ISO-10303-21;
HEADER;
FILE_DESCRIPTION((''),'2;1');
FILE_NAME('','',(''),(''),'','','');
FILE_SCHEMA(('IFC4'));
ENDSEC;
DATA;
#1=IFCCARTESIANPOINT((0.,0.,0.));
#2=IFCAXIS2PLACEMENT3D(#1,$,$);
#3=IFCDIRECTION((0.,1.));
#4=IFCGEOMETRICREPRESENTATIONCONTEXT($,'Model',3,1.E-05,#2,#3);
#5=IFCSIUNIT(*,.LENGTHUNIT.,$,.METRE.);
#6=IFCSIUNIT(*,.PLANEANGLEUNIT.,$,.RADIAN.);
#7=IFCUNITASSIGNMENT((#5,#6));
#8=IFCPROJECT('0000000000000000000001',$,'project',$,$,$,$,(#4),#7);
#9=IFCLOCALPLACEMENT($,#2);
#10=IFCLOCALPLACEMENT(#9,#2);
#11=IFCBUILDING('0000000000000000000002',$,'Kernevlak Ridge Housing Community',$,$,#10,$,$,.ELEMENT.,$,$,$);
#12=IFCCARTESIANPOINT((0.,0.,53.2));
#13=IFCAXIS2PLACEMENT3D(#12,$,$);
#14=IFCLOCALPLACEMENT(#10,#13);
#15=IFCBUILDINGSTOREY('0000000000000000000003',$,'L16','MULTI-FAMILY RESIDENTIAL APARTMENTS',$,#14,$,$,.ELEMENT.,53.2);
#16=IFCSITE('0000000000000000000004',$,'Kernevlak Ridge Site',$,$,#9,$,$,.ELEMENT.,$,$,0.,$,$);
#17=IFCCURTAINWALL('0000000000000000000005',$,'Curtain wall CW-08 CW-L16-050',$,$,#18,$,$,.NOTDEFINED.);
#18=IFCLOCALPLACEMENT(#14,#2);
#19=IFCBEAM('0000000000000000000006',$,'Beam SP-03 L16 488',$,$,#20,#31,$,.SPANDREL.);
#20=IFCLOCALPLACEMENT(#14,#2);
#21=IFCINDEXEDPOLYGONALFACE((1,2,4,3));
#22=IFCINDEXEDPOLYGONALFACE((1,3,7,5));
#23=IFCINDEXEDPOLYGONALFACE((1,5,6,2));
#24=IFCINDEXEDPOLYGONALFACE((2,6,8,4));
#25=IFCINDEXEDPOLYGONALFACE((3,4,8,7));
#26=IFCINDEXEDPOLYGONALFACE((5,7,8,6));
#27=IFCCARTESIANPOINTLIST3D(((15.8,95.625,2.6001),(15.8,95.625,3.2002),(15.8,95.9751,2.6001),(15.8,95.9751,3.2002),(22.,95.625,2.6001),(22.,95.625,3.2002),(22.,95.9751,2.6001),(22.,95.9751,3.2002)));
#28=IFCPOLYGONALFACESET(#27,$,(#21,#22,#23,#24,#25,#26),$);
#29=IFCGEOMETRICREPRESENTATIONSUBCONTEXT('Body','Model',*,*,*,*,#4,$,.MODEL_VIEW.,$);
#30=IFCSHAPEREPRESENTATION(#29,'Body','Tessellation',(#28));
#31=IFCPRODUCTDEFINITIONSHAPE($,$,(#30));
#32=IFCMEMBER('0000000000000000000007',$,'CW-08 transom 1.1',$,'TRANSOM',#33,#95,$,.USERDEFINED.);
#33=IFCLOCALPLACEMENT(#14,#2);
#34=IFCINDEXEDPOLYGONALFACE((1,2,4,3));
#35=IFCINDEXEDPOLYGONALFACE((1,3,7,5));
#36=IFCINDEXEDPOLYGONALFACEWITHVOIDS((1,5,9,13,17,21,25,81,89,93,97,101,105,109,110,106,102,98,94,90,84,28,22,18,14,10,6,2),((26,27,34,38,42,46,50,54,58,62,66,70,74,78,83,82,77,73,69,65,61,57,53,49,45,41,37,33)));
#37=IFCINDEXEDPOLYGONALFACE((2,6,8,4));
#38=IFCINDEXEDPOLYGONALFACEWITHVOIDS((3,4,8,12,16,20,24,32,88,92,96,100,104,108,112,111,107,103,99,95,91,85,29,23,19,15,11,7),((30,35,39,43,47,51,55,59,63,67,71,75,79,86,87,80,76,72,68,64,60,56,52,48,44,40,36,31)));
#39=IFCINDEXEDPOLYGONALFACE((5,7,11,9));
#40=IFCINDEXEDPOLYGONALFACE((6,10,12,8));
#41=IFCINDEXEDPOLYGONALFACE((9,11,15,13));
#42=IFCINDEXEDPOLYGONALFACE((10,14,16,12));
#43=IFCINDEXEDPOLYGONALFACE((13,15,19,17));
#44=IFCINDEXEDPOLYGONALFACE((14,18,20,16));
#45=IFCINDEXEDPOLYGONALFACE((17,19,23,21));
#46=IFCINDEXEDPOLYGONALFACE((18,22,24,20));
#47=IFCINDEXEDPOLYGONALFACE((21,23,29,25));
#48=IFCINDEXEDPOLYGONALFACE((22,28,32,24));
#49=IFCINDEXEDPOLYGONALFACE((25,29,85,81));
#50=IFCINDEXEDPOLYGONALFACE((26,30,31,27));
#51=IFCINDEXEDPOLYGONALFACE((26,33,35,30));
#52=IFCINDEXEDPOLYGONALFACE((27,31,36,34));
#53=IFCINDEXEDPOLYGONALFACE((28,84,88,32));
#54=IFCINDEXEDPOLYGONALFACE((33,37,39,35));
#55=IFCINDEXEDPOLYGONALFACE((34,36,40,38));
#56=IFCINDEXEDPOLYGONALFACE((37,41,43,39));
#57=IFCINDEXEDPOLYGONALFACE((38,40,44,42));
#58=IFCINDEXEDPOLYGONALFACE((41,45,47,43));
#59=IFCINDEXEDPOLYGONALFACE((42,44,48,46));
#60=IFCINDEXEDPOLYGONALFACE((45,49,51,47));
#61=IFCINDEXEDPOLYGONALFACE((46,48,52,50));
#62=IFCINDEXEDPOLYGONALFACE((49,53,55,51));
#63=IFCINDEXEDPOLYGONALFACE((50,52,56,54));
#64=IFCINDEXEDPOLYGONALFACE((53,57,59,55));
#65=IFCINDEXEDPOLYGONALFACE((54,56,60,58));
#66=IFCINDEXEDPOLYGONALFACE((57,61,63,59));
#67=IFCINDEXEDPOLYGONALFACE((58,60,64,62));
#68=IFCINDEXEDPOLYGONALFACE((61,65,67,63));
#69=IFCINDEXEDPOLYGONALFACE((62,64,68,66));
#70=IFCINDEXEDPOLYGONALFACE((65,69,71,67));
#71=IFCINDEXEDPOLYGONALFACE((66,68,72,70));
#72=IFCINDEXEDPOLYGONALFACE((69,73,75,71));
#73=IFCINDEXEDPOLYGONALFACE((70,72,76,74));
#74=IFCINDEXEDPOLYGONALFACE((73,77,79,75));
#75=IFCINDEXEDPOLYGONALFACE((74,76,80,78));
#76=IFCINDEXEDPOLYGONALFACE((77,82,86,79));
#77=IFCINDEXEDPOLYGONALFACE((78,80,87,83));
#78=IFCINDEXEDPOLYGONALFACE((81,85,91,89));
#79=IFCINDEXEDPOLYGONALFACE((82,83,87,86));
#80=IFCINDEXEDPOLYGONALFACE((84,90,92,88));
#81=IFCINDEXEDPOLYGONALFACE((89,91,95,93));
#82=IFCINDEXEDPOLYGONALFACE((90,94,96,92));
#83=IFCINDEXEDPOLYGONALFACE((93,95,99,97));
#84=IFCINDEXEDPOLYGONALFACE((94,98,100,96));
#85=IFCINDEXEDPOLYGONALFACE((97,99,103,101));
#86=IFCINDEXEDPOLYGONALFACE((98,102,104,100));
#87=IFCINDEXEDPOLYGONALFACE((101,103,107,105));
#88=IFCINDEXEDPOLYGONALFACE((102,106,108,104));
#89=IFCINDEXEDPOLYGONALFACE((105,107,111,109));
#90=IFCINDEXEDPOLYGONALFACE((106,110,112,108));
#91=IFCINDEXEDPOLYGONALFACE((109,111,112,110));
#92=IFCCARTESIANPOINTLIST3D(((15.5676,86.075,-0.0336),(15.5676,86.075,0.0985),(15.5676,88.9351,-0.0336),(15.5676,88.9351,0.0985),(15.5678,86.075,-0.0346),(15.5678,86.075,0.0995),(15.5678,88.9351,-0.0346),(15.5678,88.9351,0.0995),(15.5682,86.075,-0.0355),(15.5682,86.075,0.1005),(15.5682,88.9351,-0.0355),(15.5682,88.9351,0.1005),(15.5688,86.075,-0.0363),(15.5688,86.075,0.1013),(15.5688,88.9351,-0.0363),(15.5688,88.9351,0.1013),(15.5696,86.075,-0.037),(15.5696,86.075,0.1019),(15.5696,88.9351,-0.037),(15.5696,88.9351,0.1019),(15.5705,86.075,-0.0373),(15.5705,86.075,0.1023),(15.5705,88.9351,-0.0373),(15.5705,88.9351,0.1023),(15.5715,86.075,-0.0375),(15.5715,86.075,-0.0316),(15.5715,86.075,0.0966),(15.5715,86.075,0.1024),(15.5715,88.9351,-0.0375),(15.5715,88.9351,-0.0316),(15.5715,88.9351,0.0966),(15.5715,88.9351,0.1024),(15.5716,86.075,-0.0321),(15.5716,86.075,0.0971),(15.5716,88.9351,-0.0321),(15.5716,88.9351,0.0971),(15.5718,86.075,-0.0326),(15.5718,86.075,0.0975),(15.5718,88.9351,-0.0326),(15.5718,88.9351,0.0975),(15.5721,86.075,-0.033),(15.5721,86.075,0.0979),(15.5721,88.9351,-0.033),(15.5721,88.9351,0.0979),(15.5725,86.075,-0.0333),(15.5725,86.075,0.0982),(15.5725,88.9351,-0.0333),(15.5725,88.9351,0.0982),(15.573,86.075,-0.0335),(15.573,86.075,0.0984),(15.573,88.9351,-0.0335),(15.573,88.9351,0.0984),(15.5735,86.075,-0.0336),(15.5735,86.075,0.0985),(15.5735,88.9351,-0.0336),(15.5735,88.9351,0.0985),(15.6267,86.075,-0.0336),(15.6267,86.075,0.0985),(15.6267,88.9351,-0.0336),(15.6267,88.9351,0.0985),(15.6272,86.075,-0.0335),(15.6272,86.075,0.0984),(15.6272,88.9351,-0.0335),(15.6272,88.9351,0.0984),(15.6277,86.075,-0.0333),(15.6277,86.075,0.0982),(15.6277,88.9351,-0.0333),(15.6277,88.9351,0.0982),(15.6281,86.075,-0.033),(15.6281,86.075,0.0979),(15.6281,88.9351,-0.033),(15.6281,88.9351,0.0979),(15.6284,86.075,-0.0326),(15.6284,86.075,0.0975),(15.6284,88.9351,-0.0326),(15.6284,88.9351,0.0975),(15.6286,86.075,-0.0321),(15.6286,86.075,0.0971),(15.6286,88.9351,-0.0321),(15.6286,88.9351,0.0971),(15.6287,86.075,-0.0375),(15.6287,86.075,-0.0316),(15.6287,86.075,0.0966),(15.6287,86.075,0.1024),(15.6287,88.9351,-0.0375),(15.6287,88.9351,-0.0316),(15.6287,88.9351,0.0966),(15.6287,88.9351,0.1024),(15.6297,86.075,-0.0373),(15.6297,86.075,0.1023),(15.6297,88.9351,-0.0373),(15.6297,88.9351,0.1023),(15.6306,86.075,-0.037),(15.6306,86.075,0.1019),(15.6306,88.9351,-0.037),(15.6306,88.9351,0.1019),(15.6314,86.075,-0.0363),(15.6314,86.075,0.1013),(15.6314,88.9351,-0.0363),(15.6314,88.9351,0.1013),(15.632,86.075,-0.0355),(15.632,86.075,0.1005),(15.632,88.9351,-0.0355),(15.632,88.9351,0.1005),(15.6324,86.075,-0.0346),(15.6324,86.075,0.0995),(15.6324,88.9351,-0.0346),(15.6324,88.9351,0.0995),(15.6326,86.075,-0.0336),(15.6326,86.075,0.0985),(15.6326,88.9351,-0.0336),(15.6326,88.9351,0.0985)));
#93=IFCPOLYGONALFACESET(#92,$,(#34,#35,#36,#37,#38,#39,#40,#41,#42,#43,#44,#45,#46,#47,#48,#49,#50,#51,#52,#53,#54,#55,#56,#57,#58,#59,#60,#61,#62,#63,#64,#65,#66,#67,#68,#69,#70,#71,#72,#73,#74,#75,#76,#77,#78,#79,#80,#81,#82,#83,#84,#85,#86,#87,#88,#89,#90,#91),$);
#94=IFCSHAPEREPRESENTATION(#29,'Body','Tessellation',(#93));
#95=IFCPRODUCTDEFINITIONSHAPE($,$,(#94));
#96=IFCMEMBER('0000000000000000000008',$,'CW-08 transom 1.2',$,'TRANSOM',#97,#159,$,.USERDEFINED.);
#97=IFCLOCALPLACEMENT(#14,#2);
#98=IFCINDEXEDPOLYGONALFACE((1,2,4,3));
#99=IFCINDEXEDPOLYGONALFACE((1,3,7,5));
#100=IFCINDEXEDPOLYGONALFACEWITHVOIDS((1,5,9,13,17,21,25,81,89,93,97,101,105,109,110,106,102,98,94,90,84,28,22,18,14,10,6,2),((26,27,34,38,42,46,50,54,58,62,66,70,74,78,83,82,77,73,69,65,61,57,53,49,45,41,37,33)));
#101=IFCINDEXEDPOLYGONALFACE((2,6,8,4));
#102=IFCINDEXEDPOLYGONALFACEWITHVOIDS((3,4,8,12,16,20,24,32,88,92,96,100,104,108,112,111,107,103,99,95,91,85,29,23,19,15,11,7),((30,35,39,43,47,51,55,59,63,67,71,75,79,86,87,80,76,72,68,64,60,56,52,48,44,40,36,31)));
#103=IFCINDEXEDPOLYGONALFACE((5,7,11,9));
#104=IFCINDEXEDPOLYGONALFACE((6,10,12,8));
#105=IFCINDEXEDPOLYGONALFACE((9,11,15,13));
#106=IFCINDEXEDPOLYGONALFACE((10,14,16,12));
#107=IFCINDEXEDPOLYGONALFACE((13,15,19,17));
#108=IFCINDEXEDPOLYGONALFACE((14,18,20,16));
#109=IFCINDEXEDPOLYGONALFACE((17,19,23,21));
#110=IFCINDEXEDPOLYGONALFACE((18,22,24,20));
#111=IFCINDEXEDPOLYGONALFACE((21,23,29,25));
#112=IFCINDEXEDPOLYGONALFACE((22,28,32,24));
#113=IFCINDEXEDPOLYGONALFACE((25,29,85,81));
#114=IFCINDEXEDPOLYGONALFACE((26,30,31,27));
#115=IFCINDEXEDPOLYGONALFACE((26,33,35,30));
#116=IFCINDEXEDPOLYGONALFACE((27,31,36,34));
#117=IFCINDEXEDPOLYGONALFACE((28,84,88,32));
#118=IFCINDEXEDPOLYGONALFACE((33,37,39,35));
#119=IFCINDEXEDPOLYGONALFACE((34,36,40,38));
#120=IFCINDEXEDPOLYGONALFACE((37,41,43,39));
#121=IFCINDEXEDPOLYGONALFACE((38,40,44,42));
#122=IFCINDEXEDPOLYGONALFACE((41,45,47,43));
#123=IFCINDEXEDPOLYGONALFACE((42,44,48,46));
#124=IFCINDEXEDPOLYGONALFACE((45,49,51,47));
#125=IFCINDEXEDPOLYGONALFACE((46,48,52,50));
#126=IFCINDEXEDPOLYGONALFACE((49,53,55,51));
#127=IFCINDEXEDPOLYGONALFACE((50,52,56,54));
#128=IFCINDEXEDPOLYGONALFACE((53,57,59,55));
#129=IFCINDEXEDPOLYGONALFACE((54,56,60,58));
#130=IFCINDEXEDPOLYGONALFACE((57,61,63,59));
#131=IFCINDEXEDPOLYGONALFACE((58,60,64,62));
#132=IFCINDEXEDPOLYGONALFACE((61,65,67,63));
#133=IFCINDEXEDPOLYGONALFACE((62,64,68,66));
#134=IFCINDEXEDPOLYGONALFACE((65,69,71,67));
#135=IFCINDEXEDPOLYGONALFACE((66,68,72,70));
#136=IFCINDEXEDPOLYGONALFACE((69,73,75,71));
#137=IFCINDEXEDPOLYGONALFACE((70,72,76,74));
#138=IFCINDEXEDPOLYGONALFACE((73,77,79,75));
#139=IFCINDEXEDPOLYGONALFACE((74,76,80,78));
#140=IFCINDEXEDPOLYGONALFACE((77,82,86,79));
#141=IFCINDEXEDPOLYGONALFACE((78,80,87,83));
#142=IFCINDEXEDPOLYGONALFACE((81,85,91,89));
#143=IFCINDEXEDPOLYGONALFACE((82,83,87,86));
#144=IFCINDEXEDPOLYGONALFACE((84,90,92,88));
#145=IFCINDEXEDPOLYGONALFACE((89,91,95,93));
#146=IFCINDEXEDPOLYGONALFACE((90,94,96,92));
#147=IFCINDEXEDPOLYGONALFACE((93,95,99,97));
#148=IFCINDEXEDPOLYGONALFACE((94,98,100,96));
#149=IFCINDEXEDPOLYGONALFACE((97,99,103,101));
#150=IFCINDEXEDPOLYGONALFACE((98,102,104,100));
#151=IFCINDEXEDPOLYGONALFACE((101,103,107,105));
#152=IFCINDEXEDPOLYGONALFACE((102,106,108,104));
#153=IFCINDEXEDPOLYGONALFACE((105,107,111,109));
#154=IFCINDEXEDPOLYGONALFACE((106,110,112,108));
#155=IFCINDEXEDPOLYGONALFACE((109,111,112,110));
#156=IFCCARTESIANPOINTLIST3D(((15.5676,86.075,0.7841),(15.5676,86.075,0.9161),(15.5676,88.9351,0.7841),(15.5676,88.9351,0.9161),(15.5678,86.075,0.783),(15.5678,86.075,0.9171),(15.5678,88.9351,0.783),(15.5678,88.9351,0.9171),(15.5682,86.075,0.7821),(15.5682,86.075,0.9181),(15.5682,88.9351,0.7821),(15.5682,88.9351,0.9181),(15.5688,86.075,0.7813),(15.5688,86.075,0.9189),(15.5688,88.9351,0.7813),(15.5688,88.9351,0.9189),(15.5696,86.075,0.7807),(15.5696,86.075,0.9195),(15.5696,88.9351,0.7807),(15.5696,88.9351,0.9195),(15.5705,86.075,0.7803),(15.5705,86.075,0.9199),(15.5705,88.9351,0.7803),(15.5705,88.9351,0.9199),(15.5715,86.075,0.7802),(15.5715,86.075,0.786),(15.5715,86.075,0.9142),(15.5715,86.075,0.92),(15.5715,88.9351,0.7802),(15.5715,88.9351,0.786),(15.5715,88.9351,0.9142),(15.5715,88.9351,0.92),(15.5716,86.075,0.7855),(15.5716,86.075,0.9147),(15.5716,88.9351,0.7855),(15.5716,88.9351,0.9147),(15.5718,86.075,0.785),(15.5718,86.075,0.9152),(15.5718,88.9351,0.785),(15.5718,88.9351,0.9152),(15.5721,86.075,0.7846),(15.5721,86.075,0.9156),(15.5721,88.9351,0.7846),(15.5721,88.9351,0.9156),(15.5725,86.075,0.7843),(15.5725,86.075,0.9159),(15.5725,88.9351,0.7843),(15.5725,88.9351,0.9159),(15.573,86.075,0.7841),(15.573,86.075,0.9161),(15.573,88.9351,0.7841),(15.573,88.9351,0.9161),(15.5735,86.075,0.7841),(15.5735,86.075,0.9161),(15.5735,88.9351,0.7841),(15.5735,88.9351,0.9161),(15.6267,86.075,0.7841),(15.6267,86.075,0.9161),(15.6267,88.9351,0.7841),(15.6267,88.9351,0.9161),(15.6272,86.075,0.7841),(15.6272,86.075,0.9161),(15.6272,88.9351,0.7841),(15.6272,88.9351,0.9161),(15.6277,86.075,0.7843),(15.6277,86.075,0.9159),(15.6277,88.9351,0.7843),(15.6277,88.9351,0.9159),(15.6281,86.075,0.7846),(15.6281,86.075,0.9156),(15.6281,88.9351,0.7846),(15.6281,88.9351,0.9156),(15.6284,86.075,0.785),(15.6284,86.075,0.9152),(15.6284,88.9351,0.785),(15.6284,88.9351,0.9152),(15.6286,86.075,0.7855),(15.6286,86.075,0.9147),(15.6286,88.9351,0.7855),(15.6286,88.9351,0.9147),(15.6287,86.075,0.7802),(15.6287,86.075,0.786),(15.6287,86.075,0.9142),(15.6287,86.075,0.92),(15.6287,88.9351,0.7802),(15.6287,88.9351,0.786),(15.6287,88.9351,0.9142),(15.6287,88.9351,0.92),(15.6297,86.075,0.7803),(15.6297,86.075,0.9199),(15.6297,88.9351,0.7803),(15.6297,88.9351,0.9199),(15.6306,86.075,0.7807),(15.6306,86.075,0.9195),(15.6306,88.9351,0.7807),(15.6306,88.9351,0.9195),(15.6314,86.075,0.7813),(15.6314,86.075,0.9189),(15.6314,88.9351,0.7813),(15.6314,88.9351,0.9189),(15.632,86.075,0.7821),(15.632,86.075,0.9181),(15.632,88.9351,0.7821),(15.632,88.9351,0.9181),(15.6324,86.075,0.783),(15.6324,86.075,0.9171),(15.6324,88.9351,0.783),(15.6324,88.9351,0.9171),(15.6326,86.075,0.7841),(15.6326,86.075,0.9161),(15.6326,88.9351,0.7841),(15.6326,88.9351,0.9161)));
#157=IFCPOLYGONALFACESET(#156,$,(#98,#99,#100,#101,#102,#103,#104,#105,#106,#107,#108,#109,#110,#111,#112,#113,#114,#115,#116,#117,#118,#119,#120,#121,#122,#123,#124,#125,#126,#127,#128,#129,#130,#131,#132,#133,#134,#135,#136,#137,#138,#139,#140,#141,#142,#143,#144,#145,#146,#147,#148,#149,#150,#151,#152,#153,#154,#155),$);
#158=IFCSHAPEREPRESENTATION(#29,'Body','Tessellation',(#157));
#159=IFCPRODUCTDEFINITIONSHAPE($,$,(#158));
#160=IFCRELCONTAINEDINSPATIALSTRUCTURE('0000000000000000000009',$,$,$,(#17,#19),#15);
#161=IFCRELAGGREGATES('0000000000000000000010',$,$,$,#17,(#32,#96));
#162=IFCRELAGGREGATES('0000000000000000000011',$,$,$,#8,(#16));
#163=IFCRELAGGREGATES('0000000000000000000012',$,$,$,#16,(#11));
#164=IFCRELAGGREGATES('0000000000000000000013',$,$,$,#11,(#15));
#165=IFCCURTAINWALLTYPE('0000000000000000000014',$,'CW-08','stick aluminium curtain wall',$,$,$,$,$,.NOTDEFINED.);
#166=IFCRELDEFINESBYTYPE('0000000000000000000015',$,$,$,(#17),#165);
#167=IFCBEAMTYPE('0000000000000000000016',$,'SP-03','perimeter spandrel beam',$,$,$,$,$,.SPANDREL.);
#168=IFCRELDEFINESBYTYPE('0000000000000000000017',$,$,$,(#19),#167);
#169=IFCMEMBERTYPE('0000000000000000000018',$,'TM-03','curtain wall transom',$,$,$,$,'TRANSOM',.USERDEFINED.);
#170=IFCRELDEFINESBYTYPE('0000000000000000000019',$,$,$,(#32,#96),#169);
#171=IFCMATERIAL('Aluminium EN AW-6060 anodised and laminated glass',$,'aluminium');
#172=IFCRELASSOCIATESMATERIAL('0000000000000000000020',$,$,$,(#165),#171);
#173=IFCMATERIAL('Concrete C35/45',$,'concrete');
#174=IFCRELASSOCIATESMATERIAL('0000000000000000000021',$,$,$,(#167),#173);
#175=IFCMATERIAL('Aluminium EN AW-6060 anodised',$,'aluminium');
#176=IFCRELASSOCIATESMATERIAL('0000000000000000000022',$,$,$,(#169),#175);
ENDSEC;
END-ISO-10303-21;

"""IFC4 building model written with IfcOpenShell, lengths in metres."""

from ifc_helpers import new_model, si_unit, direction, frame, origin, origin_2d, place, context, subcontext, project, spatial, rectangle, hollow_rectangle, extrude, material, material_profile, profile_set, type_object, element, aggregate, save


model = new_model("IFC4")

# Units and contexts
model_context = context("Model", 3, precision=1e-05, world=origin(), true_north=direction((0.0, 1.0)))
body_context = subcontext(model_context, "Body", "Model", "MODEL_VIEW")
ifc_project = project(units=[si_unit("LENGTHUNIT", "METRE"), si_unit("PLANEANGLEUNIT", "RADIAN")], contexts=[model_context])

# Site, building, storey
site_placement = place(None, origin())
site = spatial("IfcSite", under=ifc_project, at=site_placement, Name="Kernevlak Ridge Site", CompositionType="ELEMENT", RefElevation=0.0)
building_placement = place(site_placement, origin())
building = spatial("IfcBuilding", under=site, at=building_placement, Name="Kernevlak Ridge Housing Community", CompositionType="ELEMENT")
storey_placement = place(building_placement, frame((0.0, 0.0, 53.2)))
storey = spatial("IfcBuildingStorey", under=building, at=storey_placement, Name="L16", Description="MULTI-FAMILY RESIDENTIAL APARTMENTS", CompositionType="ELEMENT", Elevation=53.2)

# Shared definitions
ifc_material_1 = material(Name="Concrete C35/45", Category="concrete")

# Curtain wall
ifc_material_2 = material(Name="Aluminium EN AW-6060 anodised and laminated glass", Category="aluminium")
curtain_wall_type = type_object("IfcCurtainWallType", Name="CW-08", Description="stick aluminium curtain wall", PredefinedType="NOTDEFINED", material=ifc_material_2)
curtain_wall_placement = place(storey_placement, origin())
curtain_wall = element("IfcCurtainWall", 1, at=curtain_wall_placement, inside=storey, type_object=curtain_wall_type, Name="Curtain wall CW-08 CW-L16-050", PredefinedType="NOTDEFINED")
ifc_material_3 = material(Name="Aluminium EN AW-6060 anodised", Category="aluminium")

# Beam
ifc_material_profile_1 = material_profile(ifc_material_1, rectangle(XDim=0.3501, YDim=0.6001, at=origin_2d()), Name="RC 350x600")
ifc_profile_set_1 = profile_set([ifc_material_profile_1], Name="Concrete C35/45")
beam_type_1 = type_object("IfcBeamType", Name="SP-03", Description="perimeter spandrel beam", PredefinedType="SPANDREL", material=ifc_profile_set_1)
beam_1_placement = place(storey_placement, frame((15.8, 95.8, 2.9001), z_axis=(1.0, 0.0, 0.0), x_axis=(0.0, 1.0, 0.0)))
element("IfcBeam", 2, at=beam_1_placement, inside=storey, type_object=beam_type_1, Name="Beam SP-03 L16 488", PredefinedType="SPANDREL", context=body_context, shape_type="SweptSolid", body=[
    extrude(rectangle(XDim=0.3501, YDim=0.6001, at=origin_2d()), origin(), (0.0, 0.0, 1.0), 6.2),
])

# Members
ifc_material_profile_2 = material_profile(ifc_material_3, hollow_rectangle(XDim=0.0649, YDim=0.1399, WallThickness=0.0039, InnerFilletRadius=0.002, OuterFilletRadius=0.0039, at=origin_2d()), Name="ALU 65x140x4")
ifc_profile_set_2 = profile_set([ifc_material_profile_2], Name="Aluminium EN AW-6060 anodised")
member_type_1 = type_object("IfcMemberType", Name="TM-03", Description="curtain wall transom", ElementType="TRANSOM", PredefinedType="USERDEFINED", material=ifc_profile_set_2)
member_1_placement = place(storey_placement, frame((15.6001, 86.075, 0.0325), z_axis=(0.0, 1.0, 0.0), x_axis=(-1.0, 0.0, 0.0)))
member_1 = element("IfcMember", 3, at=member_1_placement, type_object=member_type_1, Name="CW-08 transom 1.1", ObjectType="TRANSOM", PredefinedType="USERDEFINED", context=body_context, shape_type="SweptSolid", body=[
    extrude(hollow_rectangle(XDim=0.0649, YDim=0.1399, WallThickness=0.0039, InnerFilletRadius=0.002, OuterFilletRadius=0.0039, at=origin_2d()), origin(), (0.0, 0.0, 1.0), 2.8601),
])
member_2_placement = place(storey_placement, frame((15.6001, 86.075, 0.8501), z_axis=(0.0, 1.0, 0.0), x_axis=(-1.0, 0.0, 0.0)))
member_2 = element("IfcMember", 4, at=member_2_placement, type_object=member_type_1, Name="CW-08 transom 1.2", ObjectType="TRANSOM", PredefinedType="USERDEFINED", context=body_context, shape_type="SweptSolid", body=[
    extrude(hollow_rectangle(XDim=0.0649, YDim=0.1399, WallThickness=0.0039, InnerFilletRadius=0.002, OuterFilletRadius=0.0039, at=origin_2d()), origin(), (0.0, 0.0, 1.0), 2.8601),
])

aggregate(curtain_wall, [member_1, member_2])

save(model, "model.ifc")
